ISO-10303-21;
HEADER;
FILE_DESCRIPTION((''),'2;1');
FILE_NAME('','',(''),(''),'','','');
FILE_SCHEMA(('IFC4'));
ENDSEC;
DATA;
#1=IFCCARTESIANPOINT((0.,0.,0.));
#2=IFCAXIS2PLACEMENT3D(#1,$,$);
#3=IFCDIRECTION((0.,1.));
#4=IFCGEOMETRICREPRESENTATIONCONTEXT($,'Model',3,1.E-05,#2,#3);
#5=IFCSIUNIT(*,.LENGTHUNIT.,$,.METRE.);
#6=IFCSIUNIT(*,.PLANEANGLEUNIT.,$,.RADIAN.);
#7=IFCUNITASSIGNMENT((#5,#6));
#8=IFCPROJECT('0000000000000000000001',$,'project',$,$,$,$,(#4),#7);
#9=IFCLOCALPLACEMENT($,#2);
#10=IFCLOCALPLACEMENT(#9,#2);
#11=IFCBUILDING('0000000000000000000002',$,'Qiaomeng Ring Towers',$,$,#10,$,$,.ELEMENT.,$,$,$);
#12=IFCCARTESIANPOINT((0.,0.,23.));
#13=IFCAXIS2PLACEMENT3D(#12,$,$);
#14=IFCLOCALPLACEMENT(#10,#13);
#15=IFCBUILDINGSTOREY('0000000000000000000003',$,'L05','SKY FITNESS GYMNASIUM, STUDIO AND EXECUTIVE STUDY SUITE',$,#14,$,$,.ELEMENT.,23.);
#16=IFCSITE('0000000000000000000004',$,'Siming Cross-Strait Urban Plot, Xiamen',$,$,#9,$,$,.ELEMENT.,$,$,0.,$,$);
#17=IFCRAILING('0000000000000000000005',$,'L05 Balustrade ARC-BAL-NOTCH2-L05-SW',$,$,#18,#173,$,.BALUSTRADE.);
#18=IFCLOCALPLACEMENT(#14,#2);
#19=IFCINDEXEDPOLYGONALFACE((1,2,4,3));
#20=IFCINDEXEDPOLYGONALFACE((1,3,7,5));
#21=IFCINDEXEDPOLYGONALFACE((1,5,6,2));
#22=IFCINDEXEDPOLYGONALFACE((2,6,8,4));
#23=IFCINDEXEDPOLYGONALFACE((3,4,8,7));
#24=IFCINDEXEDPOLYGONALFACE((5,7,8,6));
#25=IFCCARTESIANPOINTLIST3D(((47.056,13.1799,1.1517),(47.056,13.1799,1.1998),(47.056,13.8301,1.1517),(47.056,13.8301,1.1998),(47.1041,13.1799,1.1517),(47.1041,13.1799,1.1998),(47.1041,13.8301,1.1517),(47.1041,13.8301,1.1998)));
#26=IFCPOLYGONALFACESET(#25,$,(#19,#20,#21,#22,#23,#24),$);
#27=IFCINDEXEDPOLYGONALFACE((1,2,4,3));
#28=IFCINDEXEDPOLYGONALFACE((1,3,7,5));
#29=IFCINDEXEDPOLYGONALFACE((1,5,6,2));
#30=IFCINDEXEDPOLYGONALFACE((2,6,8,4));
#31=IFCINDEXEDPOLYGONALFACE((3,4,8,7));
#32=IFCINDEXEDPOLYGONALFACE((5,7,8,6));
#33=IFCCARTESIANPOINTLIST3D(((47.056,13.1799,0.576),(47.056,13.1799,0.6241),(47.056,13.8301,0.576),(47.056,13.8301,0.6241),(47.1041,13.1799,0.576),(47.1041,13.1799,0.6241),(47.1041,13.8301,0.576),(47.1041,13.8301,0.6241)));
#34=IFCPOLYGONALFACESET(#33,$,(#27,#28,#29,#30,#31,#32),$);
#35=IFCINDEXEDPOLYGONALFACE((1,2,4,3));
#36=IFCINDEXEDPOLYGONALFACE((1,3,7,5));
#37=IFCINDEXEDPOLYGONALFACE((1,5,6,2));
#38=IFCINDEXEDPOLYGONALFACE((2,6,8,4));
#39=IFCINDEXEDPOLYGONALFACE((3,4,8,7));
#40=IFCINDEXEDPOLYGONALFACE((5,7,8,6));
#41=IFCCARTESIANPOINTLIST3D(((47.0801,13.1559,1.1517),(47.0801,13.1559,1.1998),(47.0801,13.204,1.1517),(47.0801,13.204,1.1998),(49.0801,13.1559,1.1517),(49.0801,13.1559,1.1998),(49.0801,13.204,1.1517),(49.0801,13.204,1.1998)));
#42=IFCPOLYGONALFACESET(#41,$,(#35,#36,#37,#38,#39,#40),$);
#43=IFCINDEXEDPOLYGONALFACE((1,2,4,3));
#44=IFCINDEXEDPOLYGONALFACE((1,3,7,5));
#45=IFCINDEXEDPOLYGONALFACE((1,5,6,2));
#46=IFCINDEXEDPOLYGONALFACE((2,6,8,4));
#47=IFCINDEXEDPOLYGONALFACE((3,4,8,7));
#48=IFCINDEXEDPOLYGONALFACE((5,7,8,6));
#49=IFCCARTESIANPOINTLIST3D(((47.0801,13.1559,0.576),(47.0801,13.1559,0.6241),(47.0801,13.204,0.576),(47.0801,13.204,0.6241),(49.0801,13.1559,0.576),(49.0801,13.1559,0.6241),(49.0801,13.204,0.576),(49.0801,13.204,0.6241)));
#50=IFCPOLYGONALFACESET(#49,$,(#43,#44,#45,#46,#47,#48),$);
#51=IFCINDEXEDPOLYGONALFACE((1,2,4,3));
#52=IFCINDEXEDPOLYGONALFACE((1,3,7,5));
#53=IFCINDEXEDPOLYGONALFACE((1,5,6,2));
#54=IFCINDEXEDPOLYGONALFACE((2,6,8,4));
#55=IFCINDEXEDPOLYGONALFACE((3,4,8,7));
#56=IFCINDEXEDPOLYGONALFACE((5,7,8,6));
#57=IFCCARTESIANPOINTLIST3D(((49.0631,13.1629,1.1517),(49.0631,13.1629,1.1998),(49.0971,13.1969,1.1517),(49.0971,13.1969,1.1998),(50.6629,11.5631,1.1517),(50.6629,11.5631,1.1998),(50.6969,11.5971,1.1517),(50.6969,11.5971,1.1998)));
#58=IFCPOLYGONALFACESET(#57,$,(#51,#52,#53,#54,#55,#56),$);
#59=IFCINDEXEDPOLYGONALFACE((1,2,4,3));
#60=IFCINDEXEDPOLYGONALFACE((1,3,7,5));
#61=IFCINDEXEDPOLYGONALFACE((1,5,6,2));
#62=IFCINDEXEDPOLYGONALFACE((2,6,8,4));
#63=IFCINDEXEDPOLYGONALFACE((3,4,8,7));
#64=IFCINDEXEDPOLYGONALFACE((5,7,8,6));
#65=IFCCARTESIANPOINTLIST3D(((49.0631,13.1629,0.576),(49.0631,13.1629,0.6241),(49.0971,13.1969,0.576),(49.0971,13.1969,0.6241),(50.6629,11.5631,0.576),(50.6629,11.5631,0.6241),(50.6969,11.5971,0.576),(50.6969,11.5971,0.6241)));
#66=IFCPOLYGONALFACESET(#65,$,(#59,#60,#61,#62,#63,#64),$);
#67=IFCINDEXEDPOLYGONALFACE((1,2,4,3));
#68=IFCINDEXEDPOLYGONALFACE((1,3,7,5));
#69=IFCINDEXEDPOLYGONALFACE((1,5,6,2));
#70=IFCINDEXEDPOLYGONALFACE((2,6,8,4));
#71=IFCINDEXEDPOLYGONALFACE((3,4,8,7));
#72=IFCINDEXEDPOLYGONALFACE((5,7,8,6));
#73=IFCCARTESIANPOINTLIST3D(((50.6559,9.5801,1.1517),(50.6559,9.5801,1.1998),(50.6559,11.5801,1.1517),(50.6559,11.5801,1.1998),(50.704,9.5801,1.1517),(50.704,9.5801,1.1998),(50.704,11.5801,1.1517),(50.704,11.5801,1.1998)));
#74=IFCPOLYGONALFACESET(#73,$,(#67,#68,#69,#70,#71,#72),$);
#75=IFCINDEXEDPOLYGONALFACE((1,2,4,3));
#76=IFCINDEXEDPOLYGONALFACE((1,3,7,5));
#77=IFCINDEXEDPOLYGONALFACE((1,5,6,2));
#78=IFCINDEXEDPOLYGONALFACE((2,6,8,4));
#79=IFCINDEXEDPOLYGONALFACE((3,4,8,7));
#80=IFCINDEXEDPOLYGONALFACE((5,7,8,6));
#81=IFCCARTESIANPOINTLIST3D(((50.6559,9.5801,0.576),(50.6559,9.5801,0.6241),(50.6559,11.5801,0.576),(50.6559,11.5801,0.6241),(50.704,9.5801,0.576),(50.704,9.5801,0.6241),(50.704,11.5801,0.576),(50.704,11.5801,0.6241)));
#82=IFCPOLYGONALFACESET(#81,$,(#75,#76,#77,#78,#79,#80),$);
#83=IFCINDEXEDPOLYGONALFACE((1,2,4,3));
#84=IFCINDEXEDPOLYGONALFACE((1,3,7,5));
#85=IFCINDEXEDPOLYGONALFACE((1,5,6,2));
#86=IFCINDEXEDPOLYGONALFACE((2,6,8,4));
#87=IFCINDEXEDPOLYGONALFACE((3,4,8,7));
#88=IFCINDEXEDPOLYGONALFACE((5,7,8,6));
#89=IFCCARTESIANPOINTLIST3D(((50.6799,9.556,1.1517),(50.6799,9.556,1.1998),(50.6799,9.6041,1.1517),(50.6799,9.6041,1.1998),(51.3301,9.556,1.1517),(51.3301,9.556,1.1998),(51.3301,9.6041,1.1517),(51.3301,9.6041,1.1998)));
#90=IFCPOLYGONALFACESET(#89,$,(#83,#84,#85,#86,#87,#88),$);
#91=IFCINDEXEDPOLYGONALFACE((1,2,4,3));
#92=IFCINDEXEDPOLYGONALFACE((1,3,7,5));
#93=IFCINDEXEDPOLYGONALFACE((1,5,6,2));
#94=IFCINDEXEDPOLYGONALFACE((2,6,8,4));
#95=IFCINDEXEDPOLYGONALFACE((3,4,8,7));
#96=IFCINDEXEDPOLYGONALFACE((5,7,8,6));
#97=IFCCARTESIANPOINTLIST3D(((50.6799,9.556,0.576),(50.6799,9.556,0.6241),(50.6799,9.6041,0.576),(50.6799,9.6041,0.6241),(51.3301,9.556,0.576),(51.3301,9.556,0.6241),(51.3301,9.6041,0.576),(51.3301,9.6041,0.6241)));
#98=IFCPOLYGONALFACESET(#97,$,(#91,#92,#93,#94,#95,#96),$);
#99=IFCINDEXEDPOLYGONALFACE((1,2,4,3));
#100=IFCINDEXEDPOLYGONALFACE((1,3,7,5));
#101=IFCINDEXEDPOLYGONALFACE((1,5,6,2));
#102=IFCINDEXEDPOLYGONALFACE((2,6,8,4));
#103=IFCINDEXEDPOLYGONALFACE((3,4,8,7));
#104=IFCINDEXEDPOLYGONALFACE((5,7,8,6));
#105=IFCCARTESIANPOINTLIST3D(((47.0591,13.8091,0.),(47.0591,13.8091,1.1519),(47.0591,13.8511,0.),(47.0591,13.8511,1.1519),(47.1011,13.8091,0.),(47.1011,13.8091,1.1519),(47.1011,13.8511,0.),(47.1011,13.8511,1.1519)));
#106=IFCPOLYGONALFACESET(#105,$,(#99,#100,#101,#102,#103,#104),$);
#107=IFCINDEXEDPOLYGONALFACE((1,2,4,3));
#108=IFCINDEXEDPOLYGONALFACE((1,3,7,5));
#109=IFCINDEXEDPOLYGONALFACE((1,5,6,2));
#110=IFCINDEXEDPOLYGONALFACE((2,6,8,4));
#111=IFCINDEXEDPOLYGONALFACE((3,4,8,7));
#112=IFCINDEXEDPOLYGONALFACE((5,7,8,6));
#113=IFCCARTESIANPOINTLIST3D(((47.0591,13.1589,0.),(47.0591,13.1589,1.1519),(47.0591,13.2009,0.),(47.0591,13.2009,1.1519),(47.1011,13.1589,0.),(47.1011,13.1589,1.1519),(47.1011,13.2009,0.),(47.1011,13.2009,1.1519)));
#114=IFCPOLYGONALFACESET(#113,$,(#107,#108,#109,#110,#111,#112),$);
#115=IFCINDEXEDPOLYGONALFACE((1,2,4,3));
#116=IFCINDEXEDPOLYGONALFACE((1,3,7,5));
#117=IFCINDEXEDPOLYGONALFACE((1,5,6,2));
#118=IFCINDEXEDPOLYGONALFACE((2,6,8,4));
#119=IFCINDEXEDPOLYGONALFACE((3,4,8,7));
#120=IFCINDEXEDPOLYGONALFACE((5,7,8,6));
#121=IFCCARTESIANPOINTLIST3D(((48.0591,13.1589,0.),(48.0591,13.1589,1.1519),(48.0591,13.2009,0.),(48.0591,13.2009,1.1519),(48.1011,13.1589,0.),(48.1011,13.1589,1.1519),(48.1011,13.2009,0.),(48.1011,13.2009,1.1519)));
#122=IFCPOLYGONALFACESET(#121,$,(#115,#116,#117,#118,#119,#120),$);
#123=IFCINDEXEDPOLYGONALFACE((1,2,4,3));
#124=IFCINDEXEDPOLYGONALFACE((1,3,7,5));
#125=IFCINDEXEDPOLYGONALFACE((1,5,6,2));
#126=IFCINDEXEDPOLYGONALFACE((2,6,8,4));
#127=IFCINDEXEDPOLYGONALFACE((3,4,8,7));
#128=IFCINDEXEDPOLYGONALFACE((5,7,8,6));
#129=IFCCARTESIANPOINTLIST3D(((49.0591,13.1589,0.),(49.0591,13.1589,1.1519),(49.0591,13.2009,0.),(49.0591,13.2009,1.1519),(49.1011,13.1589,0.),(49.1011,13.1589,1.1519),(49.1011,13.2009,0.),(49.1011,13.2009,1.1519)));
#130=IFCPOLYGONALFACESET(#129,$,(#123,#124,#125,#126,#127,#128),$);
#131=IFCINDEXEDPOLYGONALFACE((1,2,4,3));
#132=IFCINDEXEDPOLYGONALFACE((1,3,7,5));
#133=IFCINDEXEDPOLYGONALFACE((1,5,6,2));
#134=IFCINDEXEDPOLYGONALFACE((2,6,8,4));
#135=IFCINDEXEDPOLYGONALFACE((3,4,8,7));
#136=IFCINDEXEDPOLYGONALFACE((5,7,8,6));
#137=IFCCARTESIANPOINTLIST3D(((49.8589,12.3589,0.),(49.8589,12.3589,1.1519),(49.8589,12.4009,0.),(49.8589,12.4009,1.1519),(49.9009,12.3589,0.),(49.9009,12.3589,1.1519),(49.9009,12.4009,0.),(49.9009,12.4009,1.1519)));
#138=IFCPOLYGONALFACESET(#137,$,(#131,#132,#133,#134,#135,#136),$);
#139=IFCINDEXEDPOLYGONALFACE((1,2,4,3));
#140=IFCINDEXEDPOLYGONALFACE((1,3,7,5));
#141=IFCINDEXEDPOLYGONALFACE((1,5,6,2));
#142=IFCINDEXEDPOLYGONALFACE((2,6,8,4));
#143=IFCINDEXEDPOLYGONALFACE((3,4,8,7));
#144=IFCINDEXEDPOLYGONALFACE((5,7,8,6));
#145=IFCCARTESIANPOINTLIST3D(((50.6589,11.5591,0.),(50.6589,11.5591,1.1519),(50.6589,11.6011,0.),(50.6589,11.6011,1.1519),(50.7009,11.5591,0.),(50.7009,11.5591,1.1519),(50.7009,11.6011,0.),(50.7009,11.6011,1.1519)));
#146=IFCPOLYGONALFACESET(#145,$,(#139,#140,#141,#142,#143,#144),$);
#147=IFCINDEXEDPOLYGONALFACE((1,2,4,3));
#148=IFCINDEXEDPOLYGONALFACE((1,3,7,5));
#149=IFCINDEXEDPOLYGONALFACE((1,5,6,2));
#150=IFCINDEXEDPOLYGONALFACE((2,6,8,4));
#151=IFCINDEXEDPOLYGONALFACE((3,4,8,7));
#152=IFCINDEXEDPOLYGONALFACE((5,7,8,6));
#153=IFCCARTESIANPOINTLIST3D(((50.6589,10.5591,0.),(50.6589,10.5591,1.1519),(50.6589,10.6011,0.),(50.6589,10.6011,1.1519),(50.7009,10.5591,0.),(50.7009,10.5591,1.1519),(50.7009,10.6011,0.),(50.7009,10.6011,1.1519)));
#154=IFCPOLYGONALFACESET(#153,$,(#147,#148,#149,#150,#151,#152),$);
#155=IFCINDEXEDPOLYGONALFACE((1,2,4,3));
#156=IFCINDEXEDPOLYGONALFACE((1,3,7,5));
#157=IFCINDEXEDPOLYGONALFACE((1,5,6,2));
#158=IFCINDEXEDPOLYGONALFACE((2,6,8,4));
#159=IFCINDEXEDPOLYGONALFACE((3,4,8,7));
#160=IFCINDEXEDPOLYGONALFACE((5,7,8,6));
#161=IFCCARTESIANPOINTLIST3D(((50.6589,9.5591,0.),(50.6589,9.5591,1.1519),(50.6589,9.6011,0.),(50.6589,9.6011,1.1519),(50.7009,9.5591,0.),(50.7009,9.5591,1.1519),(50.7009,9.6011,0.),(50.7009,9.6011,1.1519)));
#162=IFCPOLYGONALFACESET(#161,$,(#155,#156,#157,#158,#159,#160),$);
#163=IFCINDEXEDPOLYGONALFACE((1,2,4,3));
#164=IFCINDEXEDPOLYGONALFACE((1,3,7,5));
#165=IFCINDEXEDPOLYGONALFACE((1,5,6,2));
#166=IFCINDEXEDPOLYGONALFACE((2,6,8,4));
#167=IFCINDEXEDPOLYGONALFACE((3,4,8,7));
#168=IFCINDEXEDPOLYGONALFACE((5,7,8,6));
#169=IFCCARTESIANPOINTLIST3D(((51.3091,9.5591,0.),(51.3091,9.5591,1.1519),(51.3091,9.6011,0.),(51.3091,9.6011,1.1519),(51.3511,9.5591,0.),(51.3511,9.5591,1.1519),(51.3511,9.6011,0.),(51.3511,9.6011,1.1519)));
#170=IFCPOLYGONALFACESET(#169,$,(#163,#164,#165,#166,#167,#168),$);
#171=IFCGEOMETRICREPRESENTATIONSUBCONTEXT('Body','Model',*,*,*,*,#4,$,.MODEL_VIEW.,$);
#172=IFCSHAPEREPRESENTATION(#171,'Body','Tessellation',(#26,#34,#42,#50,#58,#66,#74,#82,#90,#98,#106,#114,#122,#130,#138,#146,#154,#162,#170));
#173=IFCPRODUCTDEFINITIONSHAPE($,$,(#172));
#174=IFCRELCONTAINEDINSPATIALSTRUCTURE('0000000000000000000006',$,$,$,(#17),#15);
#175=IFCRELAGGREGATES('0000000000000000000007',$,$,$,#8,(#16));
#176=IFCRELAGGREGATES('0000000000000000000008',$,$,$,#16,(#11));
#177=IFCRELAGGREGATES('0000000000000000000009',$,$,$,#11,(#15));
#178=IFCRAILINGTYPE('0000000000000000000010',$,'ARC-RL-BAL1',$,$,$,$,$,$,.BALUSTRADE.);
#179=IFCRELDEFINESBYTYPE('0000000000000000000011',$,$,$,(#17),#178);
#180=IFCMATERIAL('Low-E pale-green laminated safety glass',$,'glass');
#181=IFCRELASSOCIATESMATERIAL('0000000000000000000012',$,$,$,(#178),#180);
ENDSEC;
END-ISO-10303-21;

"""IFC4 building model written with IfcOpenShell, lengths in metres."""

from ifc_helpers import new_model, si_unit, direction, frame, origin, origin_2d, place, context, subcontext, project, spatial, rectangle, extrude, material, type_object, element, save


model = new_model("IFC4")

# Units and contexts
model_context = context("Model", 3, precision=1e-05, world=origin(), true_north=direction((0.0, 1.0)))
body_context = subcontext(model_context, "Body", "Model", "MODEL_VIEW")
ifc_project = project(units=[si_unit("LENGTHUNIT", "METRE"), si_unit("PLANEANGLEUNIT", "RADIAN")], contexts=[model_context])

# Site, building, storey
site_placement = place(None, origin())
site = spatial("IfcSite", under=ifc_project, at=site_placement, Name="Siming Cross-Strait Urban Plot, Xiamen", CompositionType="ELEMENT", RefElevation=0.0)
building_placement = place(site_placement, origin())
building = spatial("IfcBuilding", under=site, at=building_placement, Name="Qiaomeng Ring Towers", CompositionType="ELEMENT")
storey_placement = place(building_placement, frame((0.0, 0.0, 23.0)))
storey = spatial("IfcBuildingStorey", under=building, at=storey_placement, Name="L05", Description="SKY FITNESS GYMNASIUM, STUDIO AND EXECUTIVE STUDY SUITE", CompositionType="ELEMENT", Elevation=23.0)

# Railing
ifc_material_1 = material(Name="Low-E pale-green laminated safety glass", Category="glass")
railing_type = type_object("IfcRailingType", Name="ARC-RL-BAL1", PredefinedType="BALUSTRADE", material=ifc_material_1)
railing_placement = place(storey_placement, frame((47.0801, 13.8301, 0.0)))
element("IfcRailing", 1, at=railing_placement, inside=storey, type_object=railing_type, Name="L05 Balustrade ARC-BAL-NOTCH2-L05-SW", PredefinedType="BALUSTRADE", context=body_context, shape_type="SweptSolid", body=[
    extrude(rectangle(XDim=0.0481, YDim=0.0481, at=origin_2d()), frame((0.0, 0.0, 1.1758), z_axis=(0.0, -1.0, 0.0), x_axis=(1.0, 0.0, 0.0)), (0.0, 0.0, 1.0), 0.6501),
    extrude(rectangle(XDim=0.0481, YDim=0.0481, at=origin_2d()), frame((0.0, 0.0, 0.6001), z_axis=(0.0, -1.0, 0.0), x_axis=(1.0, 0.0, 0.0)), (0.0, 0.0, 1.0), 0.6501),
    extrude(rectangle(XDim=0.0481, YDim=0.0481, at=origin_2d()), frame((0.0, -0.6501, 1.1758), z_axis=(1.0, 0.0, 0.0), x_axis=(0.0, 1.0, 0.0)), (0.0, 0.0, 1.0), 2.0),
    extrude(rectangle(XDim=0.0481, YDim=0.0481, at=origin_2d()), frame((0.0, -0.6501, 0.6001), z_axis=(1.0, 0.0, 0.0), x_axis=(0.0, 1.0, 0.0)), (0.0, 0.0, 1.0), 2.0),
    extrude(rectangle(XDim=0.0481, YDim=0.0481, at=origin_2d()), frame((2.0, -0.6501, 1.1758), z_axis=(0.707107, -0.707107, 0.0), x_axis=(0.707107, 0.707107, 0.0)), (0.0, 0.0, 1.0), 2.2625),
    extrude(rectangle(XDim=0.0481, YDim=0.0481, at=origin_2d()), frame((2.0, -0.6501, 0.6001), z_axis=(0.707107, -0.707107, 0.0), x_axis=(0.707107, 0.707107, 0.0)), (0.0, 0.0, 1.0), 2.2625),
    extrude(rectangle(XDim=0.0481, YDim=0.0481, at=origin_2d()), frame((3.5999, -2.25, 1.1758), z_axis=(0.0, -1.0, 0.0), x_axis=(1.0, 0.0, 0.0)), (0.0, 0.0, 1.0), 2.0),
    extrude(rectangle(XDim=0.0481, YDim=0.0481, at=origin_2d()), frame((3.5999, -2.25, 0.6001), z_axis=(0.0, -1.0, 0.0), x_axis=(1.0, 0.0, 0.0)), (0.0, 0.0, 1.0), 2.0),
    extrude(rectangle(XDim=0.0481, YDim=0.0481, at=origin_2d()), frame((3.5999, -4.25, 1.1758), z_axis=(1.0, 0.0, 0.0), x_axis=(0.0, 1.0, 0.0)), (0.0, 0.0, 1.0), 0.6501),
    extrude(rectangle(XDim=0.0481, YDim=0.0481, at=origin_2d()), frame((3.5999, -4.25, 0.6001), z_axis=(1.0, 0.0, 0.0), x_axis=(0.0, 1.0, 0.0)), (0.0, 0.0, 1.0), 0.6501),
    extrude(rectangle(XDim=0.042, YDim=0.042, at=origin_2d()), origin(), (0.0, 0.0, 1.0), 1.1519),
    extrude(rectangle(XDim=0.042, YDim=0.042, at=origin_2d()), frame((0.0, -0.6501, 0.0)), (0.0, 0.0, 1.0), 1.1519),
    extrude(rectangle(XDim=0.042, YDim=0.042, at=origin_2d()), frame((1.0, -0.6501, 0.0)), (0.0, 0.0, 1.0), 1.1519),
    extrude(rectangle(XDim=0.042, YDim=0.042, at=origin_2d()), frame((2.0, -0.6501, 0.0)), (0.0, 0.0, 1.0), 1.1519),
    extrude(rectangle(XDim=0.042, YDim=0.042, at=origin_2d()), frame((2.7998, -1.4502, 0.0)), (0.0, 0.0, 1.0), 1.1519),
    extrude(rectangle(XDim=0.042, YDim=0.042, at=origin_2d()), frame((3.5999, -2.25, 0.0)), (0.0, 0.0, 1.0), 1.1519),
    extrude(rectangle(XDim=0.042, YDim=0.042, at=origin_2d()), frame((3.5999, -3.25, 0.0)), (0.0, 0.0, 1.0), 1.1519),
    extrude(rectangle(XDim=0.042, YDim=0.042, at=origin_2d()), frame((3.5999, -4.25, 0.0)), (0.0, 0.0, 1.0), 1.1519),
    extrude(rectangle(XDim=0.042, YDim=0.042, at=origin_2d()), frame((4.25, -4.25, 0.0)), (0.0, 0.0, 1.0), 1.1519),
])

save(model, "model.ifc")
